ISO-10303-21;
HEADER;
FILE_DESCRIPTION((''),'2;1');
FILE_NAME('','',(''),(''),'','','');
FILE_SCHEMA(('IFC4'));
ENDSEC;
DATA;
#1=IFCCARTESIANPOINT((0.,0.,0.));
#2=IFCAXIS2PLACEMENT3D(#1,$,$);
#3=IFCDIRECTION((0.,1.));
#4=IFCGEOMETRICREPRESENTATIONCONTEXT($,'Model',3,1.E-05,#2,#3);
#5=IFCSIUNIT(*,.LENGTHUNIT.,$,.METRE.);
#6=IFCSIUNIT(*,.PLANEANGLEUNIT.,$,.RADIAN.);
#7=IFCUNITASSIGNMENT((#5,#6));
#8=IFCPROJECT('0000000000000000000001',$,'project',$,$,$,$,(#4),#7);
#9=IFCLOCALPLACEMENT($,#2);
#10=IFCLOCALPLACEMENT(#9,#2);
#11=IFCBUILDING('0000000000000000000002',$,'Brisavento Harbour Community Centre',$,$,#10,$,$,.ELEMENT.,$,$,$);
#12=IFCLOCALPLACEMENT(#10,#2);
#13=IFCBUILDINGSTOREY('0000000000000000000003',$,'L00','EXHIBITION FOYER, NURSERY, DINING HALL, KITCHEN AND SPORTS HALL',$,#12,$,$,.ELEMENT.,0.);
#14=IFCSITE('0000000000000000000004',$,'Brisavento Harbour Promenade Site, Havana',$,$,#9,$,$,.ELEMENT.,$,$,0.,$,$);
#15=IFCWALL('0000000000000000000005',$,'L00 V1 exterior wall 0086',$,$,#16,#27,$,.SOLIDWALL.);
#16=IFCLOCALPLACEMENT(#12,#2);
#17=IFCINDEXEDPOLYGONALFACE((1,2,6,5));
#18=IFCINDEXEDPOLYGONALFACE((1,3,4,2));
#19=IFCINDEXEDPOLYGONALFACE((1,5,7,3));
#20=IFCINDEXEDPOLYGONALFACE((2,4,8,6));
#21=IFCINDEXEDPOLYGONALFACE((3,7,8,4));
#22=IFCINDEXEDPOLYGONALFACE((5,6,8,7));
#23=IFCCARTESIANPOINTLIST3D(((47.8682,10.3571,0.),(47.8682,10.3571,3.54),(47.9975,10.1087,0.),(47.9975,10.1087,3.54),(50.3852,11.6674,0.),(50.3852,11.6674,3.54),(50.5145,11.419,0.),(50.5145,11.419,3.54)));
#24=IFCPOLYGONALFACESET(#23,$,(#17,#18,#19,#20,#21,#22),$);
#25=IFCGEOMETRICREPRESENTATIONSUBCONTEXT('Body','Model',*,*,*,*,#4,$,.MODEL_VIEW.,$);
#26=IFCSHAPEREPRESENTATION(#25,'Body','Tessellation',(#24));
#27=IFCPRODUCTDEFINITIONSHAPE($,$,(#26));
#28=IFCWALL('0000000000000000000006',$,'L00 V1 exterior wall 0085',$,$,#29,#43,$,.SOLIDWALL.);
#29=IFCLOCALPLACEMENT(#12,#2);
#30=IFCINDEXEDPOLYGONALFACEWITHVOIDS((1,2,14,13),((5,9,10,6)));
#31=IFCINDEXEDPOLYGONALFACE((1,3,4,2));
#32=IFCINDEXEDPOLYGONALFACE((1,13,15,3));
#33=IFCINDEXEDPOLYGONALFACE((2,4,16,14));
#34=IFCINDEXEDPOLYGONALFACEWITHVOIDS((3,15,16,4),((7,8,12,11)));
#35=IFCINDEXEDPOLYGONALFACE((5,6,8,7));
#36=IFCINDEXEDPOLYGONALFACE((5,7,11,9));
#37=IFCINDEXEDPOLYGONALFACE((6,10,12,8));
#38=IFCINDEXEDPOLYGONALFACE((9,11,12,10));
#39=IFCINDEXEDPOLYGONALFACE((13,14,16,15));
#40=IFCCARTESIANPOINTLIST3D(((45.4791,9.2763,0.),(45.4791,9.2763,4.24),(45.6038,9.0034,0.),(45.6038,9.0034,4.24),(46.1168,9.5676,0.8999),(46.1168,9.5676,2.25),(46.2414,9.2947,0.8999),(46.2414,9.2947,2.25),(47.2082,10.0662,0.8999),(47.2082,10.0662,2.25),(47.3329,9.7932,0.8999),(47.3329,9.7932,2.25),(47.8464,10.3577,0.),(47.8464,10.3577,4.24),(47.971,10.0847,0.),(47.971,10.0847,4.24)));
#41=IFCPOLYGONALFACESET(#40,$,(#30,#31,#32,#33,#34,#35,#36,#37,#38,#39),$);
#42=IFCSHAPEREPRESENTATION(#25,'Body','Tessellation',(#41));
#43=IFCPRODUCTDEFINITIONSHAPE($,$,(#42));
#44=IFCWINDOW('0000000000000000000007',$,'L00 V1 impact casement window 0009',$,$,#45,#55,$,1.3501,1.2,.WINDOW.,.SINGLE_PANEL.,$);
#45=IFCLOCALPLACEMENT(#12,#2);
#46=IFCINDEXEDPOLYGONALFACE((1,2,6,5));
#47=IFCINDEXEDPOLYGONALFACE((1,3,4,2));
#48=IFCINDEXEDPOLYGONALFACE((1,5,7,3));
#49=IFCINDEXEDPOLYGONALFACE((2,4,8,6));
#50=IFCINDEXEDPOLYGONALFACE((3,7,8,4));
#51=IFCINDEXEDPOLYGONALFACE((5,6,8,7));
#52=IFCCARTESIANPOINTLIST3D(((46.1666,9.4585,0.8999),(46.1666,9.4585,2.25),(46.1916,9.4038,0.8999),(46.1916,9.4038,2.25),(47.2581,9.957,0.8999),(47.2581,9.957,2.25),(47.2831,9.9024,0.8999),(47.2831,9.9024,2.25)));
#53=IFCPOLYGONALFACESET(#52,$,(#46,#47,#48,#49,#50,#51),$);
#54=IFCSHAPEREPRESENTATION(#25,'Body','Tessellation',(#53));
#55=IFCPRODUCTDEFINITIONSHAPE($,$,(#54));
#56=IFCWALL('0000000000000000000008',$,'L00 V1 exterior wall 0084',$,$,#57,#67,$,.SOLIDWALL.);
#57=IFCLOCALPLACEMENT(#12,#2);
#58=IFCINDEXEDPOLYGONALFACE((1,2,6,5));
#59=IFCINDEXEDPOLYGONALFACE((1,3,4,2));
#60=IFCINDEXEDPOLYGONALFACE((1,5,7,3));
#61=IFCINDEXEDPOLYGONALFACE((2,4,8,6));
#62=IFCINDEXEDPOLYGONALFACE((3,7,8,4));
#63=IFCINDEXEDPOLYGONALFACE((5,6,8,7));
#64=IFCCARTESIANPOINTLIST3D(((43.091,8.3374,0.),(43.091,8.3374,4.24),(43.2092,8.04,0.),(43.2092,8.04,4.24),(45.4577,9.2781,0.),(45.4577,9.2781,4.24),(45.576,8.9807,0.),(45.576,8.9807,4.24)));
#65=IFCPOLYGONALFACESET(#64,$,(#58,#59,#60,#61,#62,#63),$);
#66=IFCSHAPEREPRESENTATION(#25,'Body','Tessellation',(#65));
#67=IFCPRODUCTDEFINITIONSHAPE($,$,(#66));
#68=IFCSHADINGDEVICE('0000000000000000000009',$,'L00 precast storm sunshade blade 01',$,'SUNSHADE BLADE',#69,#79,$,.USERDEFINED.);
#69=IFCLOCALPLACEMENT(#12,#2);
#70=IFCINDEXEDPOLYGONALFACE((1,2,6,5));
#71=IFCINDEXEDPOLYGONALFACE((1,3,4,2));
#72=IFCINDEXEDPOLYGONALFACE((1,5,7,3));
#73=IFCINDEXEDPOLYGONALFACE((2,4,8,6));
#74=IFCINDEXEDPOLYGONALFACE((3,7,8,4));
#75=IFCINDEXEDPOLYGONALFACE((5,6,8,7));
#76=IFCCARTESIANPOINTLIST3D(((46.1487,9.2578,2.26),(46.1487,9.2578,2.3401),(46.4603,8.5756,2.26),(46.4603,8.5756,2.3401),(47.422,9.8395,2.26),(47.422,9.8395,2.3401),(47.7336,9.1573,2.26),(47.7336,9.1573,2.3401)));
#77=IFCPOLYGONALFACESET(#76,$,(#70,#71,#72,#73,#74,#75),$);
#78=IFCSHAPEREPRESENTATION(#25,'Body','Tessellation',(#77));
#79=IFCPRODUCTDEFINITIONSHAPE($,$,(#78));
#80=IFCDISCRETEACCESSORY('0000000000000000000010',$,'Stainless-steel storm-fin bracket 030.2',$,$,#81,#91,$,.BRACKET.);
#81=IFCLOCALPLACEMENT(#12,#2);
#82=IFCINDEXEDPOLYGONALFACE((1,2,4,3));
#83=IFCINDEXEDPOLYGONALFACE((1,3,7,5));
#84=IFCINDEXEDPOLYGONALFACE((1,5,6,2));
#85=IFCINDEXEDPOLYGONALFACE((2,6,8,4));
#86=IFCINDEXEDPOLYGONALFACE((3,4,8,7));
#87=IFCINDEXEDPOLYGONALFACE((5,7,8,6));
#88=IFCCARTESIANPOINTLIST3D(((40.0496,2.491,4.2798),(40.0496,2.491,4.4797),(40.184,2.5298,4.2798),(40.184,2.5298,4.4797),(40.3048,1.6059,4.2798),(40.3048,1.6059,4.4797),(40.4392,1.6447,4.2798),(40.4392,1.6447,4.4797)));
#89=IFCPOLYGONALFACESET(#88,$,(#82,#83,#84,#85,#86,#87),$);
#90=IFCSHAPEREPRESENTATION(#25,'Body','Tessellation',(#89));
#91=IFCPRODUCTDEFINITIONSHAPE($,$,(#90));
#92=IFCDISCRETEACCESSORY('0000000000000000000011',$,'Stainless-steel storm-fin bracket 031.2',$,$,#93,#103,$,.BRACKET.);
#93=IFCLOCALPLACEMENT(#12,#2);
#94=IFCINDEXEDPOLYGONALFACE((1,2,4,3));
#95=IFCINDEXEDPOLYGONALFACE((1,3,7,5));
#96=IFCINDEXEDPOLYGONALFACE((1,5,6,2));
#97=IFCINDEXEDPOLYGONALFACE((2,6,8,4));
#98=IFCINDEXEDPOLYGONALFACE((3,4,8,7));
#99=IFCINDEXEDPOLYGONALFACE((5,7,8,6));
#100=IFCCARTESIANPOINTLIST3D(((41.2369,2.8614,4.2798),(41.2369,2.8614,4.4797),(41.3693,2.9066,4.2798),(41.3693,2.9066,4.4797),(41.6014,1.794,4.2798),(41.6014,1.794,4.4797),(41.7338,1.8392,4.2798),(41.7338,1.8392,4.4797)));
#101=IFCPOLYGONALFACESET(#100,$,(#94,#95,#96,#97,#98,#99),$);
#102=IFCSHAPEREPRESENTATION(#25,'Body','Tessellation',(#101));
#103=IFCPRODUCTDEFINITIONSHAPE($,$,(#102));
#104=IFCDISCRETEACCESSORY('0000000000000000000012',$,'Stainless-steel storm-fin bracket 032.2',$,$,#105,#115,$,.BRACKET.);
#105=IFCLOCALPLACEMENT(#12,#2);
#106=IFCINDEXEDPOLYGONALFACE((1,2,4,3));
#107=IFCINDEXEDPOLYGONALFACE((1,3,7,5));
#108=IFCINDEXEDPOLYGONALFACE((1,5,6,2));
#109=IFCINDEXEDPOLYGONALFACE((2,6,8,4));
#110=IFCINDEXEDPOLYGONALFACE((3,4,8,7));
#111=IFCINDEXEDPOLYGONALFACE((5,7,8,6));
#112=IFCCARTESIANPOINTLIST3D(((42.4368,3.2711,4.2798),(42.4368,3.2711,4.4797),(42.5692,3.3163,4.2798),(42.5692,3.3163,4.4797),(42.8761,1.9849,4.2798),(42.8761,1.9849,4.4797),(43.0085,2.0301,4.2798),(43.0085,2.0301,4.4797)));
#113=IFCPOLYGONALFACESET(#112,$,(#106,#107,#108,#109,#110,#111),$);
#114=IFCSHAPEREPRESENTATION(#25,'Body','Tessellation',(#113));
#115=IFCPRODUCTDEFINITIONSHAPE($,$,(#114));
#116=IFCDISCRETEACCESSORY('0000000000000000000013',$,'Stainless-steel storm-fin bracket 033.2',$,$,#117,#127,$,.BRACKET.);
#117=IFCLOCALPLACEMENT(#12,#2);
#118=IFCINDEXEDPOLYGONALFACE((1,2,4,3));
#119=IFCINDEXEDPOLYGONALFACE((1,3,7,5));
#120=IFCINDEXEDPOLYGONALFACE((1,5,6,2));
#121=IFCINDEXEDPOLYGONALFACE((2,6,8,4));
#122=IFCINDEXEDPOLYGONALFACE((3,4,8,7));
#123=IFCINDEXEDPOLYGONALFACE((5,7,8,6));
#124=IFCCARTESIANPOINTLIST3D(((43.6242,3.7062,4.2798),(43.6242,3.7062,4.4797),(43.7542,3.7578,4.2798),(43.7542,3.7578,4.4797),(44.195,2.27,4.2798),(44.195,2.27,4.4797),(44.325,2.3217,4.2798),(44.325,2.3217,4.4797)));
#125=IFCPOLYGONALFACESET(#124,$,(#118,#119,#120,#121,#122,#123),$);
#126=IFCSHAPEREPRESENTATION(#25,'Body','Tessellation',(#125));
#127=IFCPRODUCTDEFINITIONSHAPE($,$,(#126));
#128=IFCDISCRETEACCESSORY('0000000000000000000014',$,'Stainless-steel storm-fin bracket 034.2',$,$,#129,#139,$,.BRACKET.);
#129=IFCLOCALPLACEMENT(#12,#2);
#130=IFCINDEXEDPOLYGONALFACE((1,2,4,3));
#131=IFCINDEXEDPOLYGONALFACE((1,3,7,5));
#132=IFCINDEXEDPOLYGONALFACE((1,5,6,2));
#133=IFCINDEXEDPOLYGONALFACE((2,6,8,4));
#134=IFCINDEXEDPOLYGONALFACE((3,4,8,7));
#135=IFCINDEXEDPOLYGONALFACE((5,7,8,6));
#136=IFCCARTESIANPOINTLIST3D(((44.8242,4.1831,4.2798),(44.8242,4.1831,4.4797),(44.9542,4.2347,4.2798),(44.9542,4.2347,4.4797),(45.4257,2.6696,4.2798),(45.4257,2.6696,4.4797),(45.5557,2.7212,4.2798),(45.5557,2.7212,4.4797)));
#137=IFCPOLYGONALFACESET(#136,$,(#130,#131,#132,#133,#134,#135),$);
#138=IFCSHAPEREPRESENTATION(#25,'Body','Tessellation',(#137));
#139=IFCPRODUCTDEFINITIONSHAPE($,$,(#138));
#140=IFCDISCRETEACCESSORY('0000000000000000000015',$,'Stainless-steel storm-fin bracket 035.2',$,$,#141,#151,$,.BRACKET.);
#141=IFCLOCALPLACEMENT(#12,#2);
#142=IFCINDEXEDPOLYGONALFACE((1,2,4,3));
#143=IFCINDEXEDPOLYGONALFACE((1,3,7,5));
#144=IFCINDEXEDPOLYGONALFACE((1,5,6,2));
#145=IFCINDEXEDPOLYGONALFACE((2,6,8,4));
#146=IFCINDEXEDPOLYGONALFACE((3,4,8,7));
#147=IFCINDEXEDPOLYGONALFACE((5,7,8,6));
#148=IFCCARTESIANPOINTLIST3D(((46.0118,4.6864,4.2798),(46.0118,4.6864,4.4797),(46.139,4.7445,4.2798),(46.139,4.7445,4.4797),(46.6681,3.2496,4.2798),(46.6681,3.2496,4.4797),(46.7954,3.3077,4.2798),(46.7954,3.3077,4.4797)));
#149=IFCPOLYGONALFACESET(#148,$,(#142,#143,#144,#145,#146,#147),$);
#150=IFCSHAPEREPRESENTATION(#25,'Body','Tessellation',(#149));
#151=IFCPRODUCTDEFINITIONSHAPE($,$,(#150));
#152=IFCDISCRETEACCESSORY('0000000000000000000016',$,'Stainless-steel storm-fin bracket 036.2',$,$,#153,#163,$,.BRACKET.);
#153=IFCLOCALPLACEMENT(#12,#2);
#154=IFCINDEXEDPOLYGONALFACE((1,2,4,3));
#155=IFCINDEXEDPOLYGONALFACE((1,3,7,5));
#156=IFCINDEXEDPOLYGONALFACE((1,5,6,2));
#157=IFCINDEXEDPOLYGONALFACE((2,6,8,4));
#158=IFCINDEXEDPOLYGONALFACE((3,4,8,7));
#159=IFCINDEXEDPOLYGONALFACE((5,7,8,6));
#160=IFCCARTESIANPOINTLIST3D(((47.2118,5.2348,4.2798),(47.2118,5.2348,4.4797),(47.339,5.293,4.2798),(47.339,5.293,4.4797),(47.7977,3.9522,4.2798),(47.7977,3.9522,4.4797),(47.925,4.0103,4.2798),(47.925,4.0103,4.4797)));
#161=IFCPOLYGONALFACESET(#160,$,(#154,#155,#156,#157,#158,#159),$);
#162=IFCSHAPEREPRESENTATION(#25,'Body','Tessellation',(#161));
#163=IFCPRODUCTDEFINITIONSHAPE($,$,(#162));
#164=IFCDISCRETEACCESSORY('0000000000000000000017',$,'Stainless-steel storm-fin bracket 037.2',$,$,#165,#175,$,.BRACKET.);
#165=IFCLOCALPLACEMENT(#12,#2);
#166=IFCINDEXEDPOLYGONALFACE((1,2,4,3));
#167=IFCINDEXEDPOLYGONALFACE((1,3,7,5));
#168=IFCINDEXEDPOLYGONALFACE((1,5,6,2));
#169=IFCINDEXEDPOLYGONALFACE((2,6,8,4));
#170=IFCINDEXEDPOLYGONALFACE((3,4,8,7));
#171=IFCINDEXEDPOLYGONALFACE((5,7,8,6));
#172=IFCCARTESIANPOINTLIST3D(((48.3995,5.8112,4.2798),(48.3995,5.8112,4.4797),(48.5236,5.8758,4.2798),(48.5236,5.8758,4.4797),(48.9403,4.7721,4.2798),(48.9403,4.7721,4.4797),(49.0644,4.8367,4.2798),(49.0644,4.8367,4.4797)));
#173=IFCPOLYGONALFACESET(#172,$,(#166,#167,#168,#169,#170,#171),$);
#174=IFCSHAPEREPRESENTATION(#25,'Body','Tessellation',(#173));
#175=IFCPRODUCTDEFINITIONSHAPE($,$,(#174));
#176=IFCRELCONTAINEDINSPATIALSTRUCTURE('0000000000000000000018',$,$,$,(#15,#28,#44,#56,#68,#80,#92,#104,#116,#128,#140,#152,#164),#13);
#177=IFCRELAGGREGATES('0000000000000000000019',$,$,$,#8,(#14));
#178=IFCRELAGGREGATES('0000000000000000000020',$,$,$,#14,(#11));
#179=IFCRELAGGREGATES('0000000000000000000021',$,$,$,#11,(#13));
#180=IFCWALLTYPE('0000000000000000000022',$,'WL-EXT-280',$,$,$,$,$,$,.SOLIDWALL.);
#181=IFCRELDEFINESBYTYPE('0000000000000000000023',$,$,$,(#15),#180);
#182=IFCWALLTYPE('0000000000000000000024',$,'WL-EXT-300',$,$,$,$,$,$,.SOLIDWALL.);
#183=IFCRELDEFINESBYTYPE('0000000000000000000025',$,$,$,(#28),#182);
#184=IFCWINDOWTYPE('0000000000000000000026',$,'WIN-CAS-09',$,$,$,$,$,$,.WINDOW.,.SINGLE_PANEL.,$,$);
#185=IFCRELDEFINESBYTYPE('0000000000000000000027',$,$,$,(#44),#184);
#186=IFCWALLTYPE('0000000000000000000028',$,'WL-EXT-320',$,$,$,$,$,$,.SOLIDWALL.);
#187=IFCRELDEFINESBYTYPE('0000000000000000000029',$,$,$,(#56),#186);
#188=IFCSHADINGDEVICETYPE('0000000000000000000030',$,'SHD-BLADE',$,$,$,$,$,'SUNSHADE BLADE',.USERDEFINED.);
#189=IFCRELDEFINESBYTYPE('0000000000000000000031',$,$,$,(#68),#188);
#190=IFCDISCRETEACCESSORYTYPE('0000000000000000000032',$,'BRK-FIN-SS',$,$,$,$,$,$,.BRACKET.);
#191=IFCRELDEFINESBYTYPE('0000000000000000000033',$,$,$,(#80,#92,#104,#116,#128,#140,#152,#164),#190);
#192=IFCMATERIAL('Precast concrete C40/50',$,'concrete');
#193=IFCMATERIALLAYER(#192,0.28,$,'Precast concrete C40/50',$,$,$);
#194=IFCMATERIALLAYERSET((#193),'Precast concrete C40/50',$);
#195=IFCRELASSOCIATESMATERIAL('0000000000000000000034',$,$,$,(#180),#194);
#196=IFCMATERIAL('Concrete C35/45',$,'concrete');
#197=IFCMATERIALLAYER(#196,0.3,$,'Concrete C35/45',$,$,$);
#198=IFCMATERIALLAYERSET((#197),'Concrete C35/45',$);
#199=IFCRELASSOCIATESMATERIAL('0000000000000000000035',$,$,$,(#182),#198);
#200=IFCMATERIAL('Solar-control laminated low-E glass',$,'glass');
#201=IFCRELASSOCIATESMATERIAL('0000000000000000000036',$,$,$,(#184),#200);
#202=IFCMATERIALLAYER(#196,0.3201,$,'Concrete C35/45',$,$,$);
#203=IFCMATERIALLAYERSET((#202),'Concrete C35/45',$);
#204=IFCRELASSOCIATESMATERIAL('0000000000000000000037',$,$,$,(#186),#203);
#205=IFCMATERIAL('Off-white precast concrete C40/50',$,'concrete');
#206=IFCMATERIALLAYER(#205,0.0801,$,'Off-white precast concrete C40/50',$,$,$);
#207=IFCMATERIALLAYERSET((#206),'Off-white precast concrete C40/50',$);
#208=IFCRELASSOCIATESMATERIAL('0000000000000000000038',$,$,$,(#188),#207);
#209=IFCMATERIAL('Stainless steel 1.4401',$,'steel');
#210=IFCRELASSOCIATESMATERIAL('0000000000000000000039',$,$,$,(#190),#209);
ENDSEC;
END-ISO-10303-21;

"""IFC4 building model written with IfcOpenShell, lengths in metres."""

from ifc_helpers import new_model, si_unit, direction, frame, frame_2d, origin, origin_2d, place, context, subcontext, project, spatial, rectangle, extrude, material, layer, layer_set, type_object, element, fill, save


model = new_model("IFC4")

# Units and contexts
model_context = context("Model", 3, precision=1e-05, world=origin(), true_north=direction((0.0, 1.0)))
body_context = subcontext(model_context, "Body", "Model", "MODEL_VIEW")
ifc_project = project(units=[si_unit("LENGTHUNIT", "METRE"), si_unit("PLANEANGLEUNIT", "RADIAN")], contexts=[model_context])

# Site, building, storey
site_placement = place(None, origin())
site = spatial("IfcSite", under=ifc_project, at=site_placement, Name="Brisavento Harbour Promenade Site, Havana", CompositionType="ELEMENT", RefElevation=0.0)
building_placement = place(site_placement, origin())
building = spatial("IfcBuilding", under=site, at=building_placement, Name="Brisavento Harbour Community Centre", CompositionType="ELEMENT")
storey_placement = place(building_placement, origin())
storey = spatial("IfcBuildingStorey", under=building, at=storey_placement, Name="L00", Description="EXHIBITION FOYER, NURSERY, DINING HALL, KITCHEN AND SPORTS HALL", CompositionType="ELEMENT", Elevation=0.0)

# Shared definitions
ifc_material_1 = material(Name="Concrete C35/45", Category="concrete")

# Wall
ifc_material_2 = material(Name="Precast concrete C40/50", Category="concrete")
ifc_layer_1 = layer(ifc_material_2, 0.28, Name="Precast concrete C40/50")
ifc_layer_set_1 = layer_set([ifc_layer_1], Name="Precast concrete C40/50")
wall_type_1 = type_object("IfcWallType", Name="WL-EXT-280", PredefinedType="SOLIDWALL", material=ifc_layer_set_1)
wall_1_placement = place(storey_placement, frame((50.45, 11.5432, 0.0), z_axis=(0.0, 0.0, 1.0), x_axis=(-0.887012, -0.461745, 0.0)))
element("IfcWall", 1, at=wall_1_placement, inside=storey, type_object=wall_type_1, Name="L00 V1 exterior wall 0086", PredefinedType="SOLIDWALL", context=body_context, shape_type="SweptSolid", body=[
    extrude(rectangle(XDim=2.8376, YDim=0.28, at=frame_2d((1.4189, 0.0))), origin(), (0.0, 0.0, 1.0), 3.54),
])

# Wall, opening, window
ifc_layer_2 = layer(ifc_material_1, 0.3, Name="Concrete C35/45")
ifc_layer_set_2 = layer_set([ifc_layer_2], Name="Concrete C35/45")
wall_type_2 = type_object("IfcWallType", Name="WL-EXT-300", PredefinedType="SOLIDWALL", material=ifc_layer_set_2)
wall_2_placement = place(storey_placement, frame((47.9087, 10.2212, 0.0), z_axis=(0.0, 0.0, 1.0), x_axis=(-0.909597, -0.415491, 0.0)))
wall_2 = element("IfcWall", 2, at=wall_2_placement, inside=storey, type_object=wall_type_2, Name="L00 V1 exterior wall 0085", PredefinedType="SOLIDWALL", context=body_context, shape_type="SweptSolid", body=[
    extrude(rectangle(XDim=2.6025, YDim=0.3, at=frame_2d((1.3013, 0.0))), origin(), (0.0, 0.0, 1.0), 4.24),
])
opening_placement = place(wall_2_placement, frame((0.7014, 0.0, 0.8999)))
opening = element("IfcOpeningElement", 3, at=opening_placement, cuts=wall_2, PredefinedType="OPENING", context=body_context, shape_type="SweptSolid", body=[
    extrude(rectangle(XDim=1.2, YDim=1.3501, at=frame_2d((0.6001, 0.675))), frame((0.0, 0.1602, 0.0), z_axis=(0.0, -1.0, 0.0), x_axis=(1.0, 0.0, 0.0)), (0.0, 0.0, 1.0), 0.3201),
])
ifc_material_3 = material(Name="Solar-control laminated low-E glass", Category="glass")
window_type = type_object("IfcWindowType", Name="WIN-CAS-09", PartitioningType="SINGLE_PANEL", PredefinedType="WINDOW", material=ifc_material_3)
window_placement = place(opening_placement, origin())
window = element("IfcWindow", 4, at=window_placement, inside=storey, type_object=window_type, Name="L00 V1 impact casement window 0009", OverallHeight=1.3501, OverallWidth=1.2, PartitioningType="SINGLE_PANEL", PredefinedType="WINDOW", context=body_context, shape_type="SweptSolid", body=[
    extrude(rectangle(XDim=1.2, YDim=1.3501, at=frame_2d((0.6001, 0.675))), frame((0.0, 0.03, 0.0), z_axis=(0.0, -1.0, 0.0), x_axis=(1.0, 0.0, 0.0)), (0.0, 0.0, 1.0), 0.0601),
])
fill(opening, window)

# Wall
ifc_layer_3 = layer(ifc_material_1, 0.3201, Name="Concrete C35/45")
ifc_layer_set_3 = layer_set([ifc_layer_3], Name="Concrete C35/45")
wall_type_3 = type_object("IfcWallType", Name="WL-EXT-320", PredefinedType="SOLIDWALL", material=ifc_layer_set_3)
wall_3_placement = place(storey_placement, frame((45.5168, 9.1294, 0.0), z_axis=(0.0, 0.0, 1.0), x_axis=(-0.929288, -0.369357, 0.0)))
element("IfcWall", 5, at=wall_3_placement, inside=storey, type_object=wall_type_3, Name="L00 V1 exterior wall 0084", PredefinedType="SOLIDWALL", context=body_context, shape_type="SweptSolid", body=[
    extrude(rectangle(XDim=2.5469, YDim=0.3201, at=frame_2d((1.2734, 0.0))), origin(), (0.0, 0.0, 1.0), 4.24),
])

# Shading device
ifc_material_4 = material(Name="Off-white precast concrete C40/50", Category="concrete")
ifc_layer_4 = layer(ifc_material_4, 0.0801, Name="Off-white precast concrete C40/50")
ifc_layer_set_4 = layer_set([ifc_layer_4], Name="Off-white precast concrete C40/50")
shading_device_type = type_object("IfcShadingDeviceType", Name="SHD-BLADE", ElementType="SUNSHADE BLADE", PredefinedType="USERDEFINED", material=ifc_layer_set_4)
shading_device_placement = place(storey_placement, frame((46.9412, 9.2075, 2.26), z_axis=(0.0, 0.0, 1.0), x_axis=(-0.909585, -0.415519, 0.0)))
element("IfcShadingDevice", 6, at=shading_device_placement, inside=storey, type_object=shading_device_type, Name="L00 precast storm sunshade blade 01", ObjectType="SUNSHADE BLADE", PredefinedType="USERDEFINED", context=body_context, shape_type="SweptSolid", body=[
    extrude(rectangle(XDim=1.3999, YDim=0.75, at=origin_2d()), origin(), (0.0, 0.0, 1.0), 0.0801),
])

# Discrete accessories
ifc_material_5 = material(Name="Stainless steel 1.4401", Category="steel")
discrete_accessory_type = type_object("IfcDiscreteAccessoryType", Name="BRK-FIN-SS", PredefinedType="BRACKET", material=ifc_material_5)
discrete_accessory_1_placement = place(storey_placement, frame((40.2444, 2.0679, 4.2798), z_axis=(0.0, 0.0, 1.0), x_axis=(0.276996, -0.960871, 0.0)))
element("IfcDiscreteAccessory", 7, at=discrete_accessory_1_placement, inside=storey, type_object=discrete_accessory_type, Name="Stainless-steel storm-fin bracket 030.2", PredefinedType="BRACKET", context=body_context, shape_type="SweptSolid", body=[
    extrude(rectangle(XDim=0.9211, YDim=0.1399, at=origin_2d()), origin(), (0.0, 0.0, 1.0), 0.2),
])
discrete_accessory_2_placement = place(storey_placement, frame((41.4854, 2.3503, 4.2798), z_axis=(0.0, 0.0, 1.0), x_axis=(0.323174, -0.946339, 0.0)))
element("IfcDiscreteAccessory", 8, at=discrete_accessory_2_placement, inside=storey, type_object=discrete_accessory_type, Name="Stainless-steel storm-fin bracket 031.2", PredefinedType="BRACKET", context=body_context, shape_type="SweptSolid", body=[
    extrude(rectangle(XDim=1.1279, YDim=0.1399, at=origin_2d()), origin(), (0.0, 0.0, 1.0), 0.2),
])
discrete_accessory_3_placement = place(storey_placement, frame((42.7227, 2.6506, 4.2798), z_axis=(0.0, 0.0, 1.0), x_axis=(0.323174, -0.946339, 0.0)))
element("IfcDiscreteAccessory", 9, at=discrete_accessory_3_placement, inside=storey, type_object=discrete_accessory_type, Name="Stainless-steel storm-fin bracket 032.2", PredefinedType="BRACKET", context=body_context, shape_type="SweptSolid", body=[
    extrude(rectangle(XDim=1.3591, YDim=0.1399, at=origin_2d()), origin(), (0.0, 0.0, 1.0), 0.2),
])
discrete_accessory_4_placement = place(storey_placement, frame((43.9746, 3.0139, 4.2798), z_axis=(0.0, 0.0, 1.0), x_axis=(0.369341, -0.929294, 0.0)))
element("IfcDiscreteAccessory", 10, at=discrete_accessory_4_placement, inside=storey, type_object=discrete_accessory_type, Name="Stainless-steel storm-fin bracket 033.2", PredefinedType="BRACKET", context=body_context, shape_type="SweptSolid", body=[
    extrude(rectangle(XDim=1.5454, YDim=0.1399, at=origin_2d()), origin(), (0.0, 0.0, 1.0), 0.2),
])
discrete_accessory_5_placement = place(storey_placement, frame((45.1899, 3.4521, 4.2798), z_axis=(0.0, 0.0, 1.0), x_axis=(0.369341, -0.929294, 0.0)))
element("IfcDiscreteAccessory", 11, at=discrete_accessory_5_placement, inside=storey, type_object=discrete_accessory_type, Name="Stainless-steel storm-fin bracket 034.2", PredefinedType="BRACKET", context=body_context, shape_type="SweptSolid", body=[
    extrude(rectangle(XDim=1.6287, YDim=0.1399, at=origin_2d()), origin(), (0.0, 0.0, 1.0), 0.2),
])
discrete_accessory_6_placement = place(storey_placement, frame((46.4036, 3.9971, 4.2798), z_axis=(0.0, 0.0, 1.0), x_axis=(0.415519, -0.909585, 0.0)))
element("IfcDiscreteAccessory", 12, at=discrete_accessory_6_placement, inside=storey, type_object=discrete_accessory_type, Name="Stainless-steel storm-fin bracket 035.2", PredefinedType="BRACKET", context=body_context, shape_type="SweptSolid", body=[
    extrude(rectangle(XDim=1.5796, YDim=0.1399, at=origin_2d()), origin(), (0.0, 0.0, 1.0), 0.2),
])
discrete_accessory_7_placement = place(storey_placement, frame((47.5684, 4.6226, 4.2798), z_axis=(0.0, 0.0, 1.0), x_axis=(0.415519, -0.909585, 0.0)))
element("IfcDiscreteAccessory", 13, at=discrete_accessory_7_placement, inside=storey, type_object=discrete_accessory_type, Name="Stainless-steel storm-fin bracket 036.2", PredefinedType="BRACKET", context=body_context, shape_type="SweptSolid", body=[
    extrude(rectangle(XDim=1.4102, YDim=0.1399, at=origin_2d()), origin(), (0.0, 0.0, 1.0), 0.2),
])
discrete_accessory_8_placement = place(storey_placement, frame((48.7319, 5.324, 4.2798), z_axis=(0.0, 0.0, 1.0), x_axis=(0.461702, -0.887035, 0.0)))
element("IfcDiscreteAccessory", 14, at=discrete_accessory_8_placement, inside=storey, type_object=discrete_accessory_type, Name="Stainless-steel storm-fin bracket 037.2", PredefinedType="BRACKET", context=body_context, shape_type="SweptSolid", body=[
    extrude(rectangle(XDim=1.1714, YDim=0.1399, at=origin_2d()), origin(), (0.0, 0.0, 1.0), 0.2),
])

save(model, "model.ifc")
